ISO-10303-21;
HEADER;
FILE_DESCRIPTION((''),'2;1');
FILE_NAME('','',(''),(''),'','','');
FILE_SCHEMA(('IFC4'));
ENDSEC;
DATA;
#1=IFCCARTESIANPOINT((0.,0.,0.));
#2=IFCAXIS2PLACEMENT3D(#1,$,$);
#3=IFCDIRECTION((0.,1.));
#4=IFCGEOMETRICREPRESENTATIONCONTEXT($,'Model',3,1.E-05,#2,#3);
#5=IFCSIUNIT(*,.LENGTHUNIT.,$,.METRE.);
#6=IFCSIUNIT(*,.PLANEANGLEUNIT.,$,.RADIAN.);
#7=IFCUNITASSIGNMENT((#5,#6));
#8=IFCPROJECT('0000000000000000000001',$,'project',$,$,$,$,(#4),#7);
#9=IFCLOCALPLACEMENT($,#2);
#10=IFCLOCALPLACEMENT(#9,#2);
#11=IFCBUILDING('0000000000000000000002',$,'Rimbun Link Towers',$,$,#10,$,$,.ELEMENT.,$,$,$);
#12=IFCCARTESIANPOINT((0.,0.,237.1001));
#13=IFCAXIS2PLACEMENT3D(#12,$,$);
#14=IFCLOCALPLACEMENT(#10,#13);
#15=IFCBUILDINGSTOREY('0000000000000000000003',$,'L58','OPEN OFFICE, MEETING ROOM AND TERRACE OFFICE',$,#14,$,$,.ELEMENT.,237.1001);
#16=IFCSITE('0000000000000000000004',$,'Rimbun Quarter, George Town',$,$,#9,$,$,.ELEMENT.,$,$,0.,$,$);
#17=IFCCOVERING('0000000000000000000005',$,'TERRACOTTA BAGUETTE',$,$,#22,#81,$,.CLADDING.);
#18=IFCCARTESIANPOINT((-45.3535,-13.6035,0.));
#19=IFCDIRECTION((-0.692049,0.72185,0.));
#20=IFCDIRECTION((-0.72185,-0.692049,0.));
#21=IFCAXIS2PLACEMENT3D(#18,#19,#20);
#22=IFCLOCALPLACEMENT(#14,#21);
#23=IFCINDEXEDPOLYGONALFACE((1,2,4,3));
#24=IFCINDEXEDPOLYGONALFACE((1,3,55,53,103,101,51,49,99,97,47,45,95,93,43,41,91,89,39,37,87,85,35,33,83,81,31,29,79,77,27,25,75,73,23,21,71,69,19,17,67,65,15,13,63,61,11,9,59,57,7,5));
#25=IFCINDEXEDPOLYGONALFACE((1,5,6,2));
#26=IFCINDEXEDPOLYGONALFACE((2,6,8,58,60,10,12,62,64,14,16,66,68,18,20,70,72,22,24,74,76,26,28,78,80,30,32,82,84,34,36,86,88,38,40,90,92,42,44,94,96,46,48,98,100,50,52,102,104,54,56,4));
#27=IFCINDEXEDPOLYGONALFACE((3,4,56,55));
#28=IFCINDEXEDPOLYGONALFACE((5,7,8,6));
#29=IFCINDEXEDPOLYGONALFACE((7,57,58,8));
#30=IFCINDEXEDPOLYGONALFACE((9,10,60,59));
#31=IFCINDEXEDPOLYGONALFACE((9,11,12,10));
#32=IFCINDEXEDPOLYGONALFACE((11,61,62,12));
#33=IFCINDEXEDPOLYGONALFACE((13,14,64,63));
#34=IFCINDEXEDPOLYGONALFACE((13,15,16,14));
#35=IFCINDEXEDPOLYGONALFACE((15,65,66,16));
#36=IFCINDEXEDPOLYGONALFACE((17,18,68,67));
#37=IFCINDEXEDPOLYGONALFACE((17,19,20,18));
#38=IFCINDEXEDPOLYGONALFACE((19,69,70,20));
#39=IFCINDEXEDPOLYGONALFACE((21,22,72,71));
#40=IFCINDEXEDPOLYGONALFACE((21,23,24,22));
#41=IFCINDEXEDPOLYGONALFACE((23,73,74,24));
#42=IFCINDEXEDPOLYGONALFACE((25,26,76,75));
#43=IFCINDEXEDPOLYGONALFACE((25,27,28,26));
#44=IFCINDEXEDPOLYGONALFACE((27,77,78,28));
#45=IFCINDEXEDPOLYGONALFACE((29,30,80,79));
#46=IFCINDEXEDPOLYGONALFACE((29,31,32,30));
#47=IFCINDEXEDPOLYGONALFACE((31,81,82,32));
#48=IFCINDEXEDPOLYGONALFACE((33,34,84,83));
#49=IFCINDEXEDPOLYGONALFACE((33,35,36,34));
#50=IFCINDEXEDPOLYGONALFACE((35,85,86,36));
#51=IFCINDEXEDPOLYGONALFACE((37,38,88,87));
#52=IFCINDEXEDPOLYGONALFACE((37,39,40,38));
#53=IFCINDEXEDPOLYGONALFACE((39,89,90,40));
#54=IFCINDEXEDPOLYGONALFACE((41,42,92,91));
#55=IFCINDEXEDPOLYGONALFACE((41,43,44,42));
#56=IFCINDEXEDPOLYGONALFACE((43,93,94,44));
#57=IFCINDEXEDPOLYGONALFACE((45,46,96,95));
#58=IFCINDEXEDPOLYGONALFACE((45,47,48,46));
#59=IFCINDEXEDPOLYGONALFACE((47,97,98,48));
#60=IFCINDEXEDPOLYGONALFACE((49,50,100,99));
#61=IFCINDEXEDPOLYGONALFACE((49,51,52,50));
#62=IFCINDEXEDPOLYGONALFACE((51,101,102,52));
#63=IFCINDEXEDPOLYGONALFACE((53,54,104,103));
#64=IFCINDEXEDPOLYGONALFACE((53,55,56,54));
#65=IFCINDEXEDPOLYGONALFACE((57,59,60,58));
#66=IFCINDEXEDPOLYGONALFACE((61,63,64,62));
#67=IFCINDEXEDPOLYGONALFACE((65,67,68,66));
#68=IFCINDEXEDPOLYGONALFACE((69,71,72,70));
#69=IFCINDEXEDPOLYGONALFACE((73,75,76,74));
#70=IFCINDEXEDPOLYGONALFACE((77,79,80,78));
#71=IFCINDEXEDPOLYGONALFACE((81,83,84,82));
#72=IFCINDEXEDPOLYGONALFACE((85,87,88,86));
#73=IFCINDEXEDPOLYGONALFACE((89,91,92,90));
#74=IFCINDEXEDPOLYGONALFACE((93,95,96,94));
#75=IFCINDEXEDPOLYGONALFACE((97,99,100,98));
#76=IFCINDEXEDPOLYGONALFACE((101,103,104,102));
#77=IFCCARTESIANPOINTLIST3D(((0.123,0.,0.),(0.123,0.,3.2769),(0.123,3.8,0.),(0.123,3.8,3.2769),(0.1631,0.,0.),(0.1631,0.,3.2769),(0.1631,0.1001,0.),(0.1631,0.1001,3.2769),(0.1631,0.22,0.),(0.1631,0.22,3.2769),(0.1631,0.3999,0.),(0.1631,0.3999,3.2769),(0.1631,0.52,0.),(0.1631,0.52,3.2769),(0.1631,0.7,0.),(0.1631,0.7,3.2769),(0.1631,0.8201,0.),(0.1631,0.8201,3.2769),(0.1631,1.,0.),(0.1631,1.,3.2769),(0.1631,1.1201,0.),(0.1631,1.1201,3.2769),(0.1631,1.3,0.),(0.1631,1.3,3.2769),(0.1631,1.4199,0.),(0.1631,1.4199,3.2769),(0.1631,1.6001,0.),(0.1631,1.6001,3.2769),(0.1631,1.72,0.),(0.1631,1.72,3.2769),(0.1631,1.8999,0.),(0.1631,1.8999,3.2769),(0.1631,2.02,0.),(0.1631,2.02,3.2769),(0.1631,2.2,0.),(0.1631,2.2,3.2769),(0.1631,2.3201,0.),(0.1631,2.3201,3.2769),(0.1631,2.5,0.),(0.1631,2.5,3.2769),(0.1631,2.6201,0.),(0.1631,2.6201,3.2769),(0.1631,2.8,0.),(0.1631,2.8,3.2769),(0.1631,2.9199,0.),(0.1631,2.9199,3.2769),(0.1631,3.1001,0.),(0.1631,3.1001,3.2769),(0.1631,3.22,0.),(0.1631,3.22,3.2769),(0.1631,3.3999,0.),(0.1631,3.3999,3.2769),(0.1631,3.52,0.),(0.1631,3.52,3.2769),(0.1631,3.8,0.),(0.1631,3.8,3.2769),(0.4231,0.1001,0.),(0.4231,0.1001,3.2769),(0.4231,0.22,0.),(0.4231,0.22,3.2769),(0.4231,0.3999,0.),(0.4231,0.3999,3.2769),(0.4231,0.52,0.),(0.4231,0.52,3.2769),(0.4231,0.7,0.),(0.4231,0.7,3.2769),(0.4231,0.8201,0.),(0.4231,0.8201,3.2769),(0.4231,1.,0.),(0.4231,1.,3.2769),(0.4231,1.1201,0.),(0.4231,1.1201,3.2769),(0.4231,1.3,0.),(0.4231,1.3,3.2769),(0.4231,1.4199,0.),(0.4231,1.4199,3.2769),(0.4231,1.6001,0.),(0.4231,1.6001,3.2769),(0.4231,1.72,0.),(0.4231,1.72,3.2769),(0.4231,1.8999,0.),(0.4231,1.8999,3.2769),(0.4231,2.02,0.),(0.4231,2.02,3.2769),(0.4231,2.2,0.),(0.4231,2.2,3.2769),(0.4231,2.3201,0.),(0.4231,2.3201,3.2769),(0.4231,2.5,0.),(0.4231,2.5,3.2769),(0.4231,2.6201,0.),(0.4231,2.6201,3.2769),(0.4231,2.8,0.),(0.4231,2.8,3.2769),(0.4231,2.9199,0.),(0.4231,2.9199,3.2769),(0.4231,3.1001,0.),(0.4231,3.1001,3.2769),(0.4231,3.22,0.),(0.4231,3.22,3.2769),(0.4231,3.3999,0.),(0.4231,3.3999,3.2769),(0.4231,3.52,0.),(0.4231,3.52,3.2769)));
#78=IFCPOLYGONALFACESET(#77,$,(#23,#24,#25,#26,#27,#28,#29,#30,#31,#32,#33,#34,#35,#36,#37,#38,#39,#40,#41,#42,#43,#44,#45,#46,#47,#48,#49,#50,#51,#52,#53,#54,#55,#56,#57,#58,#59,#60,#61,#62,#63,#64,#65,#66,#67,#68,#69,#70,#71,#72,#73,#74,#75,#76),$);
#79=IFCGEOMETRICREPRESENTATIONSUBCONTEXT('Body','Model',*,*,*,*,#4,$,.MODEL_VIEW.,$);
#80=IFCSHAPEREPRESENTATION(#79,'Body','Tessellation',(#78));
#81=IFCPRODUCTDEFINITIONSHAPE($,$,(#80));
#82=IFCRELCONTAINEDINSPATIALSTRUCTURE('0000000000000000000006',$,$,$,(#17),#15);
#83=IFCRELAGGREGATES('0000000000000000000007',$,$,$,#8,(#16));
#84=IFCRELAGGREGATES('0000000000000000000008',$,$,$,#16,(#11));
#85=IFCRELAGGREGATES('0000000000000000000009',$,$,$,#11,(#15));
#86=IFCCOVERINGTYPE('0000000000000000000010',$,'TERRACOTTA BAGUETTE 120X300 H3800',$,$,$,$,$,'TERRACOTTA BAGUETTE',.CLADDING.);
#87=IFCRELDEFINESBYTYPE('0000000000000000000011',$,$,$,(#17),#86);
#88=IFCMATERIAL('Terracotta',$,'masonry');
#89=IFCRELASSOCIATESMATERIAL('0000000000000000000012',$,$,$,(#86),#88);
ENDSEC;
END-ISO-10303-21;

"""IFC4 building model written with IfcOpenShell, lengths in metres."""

from ifc_helpers import new_model, si_unit, direction, frame, origin, place, context, subcontext, project, spatial, polyline, outline, extrude, material, material_profile, profile_set, type_object, element, save


model = new_model("IFC4")

# Units and contexts
model_context = context("Model", 3, precision=1e-05, world=origin(), true_north=direction((0.0, 1.0)))
body_context = subcontext(model_context, "Body", "Model", "MODEL_VIEW")
ifc_project = project(units=[si_unit("LENGTHUNIT", "METRE"), si_unit("PLANEANGLEUNIT", "RADIAN")], contexts=[model_context])

# Site, building, storey
site_placement = place(None, origin())
site = spatial("IfcSite", under=ifc_project, at=site_placement, Name="Rimbun Quarter, George Town", CompositionType="ELEMENT", RefElevation=0.0)
building_placement = place(site_placement, origin())
building = spatial("IfcBuilding", under=site, at=building_placement, Name="Rimbun Link Towers", CompositionType="ELEMENT")
storey_placement = place(building_placement, frame((0.0, 0.0, 237.1001)))
storey = spatial("IfcBuildingStorey", under=building, at=storey_placement, Name="L58", Description="OPEN OFFICE, MEETING ROOM AND TERRACE OFFICE", CompositionType="ELEMENT", Elevation=237.1001)

# Covering
ifc_material_1 = material(Name="Terracotta", Category="masonry")
ifc_material_profile_1 = material_profile(ifc_material_1, outline(polyline([(0.123, 0.0), (0.1631, 0.0), (0.1631, 0.1001), (0.4231, 0.1001), (0.4231, 0.22), (0.1631, 0.22), (0.1631, 0.3999), (0.4231, 0.3999), (0.4231, 0.52), (0.1631, 0.52), (0.1631, 0.7), (0.4231, 0.7), (0.4231, 0.8201), (0.1631, 0.8201), (0.1631, 1.0), (0.4231, 1.0), (0.4231, 1.1201), (0.1631, 1.1201), (0.1631, 1.3), (0.4231, 1.3), (0.4231, 1.4199), (0.1631, 1.4199), (0.1631, 1.6001), (0.4231, 1.6001), (0.4231, 1.72), (0.1631, 1.72), (0.1631, 1.8999), (0.4231, 1.8999), (0.4231, 2.02), (0.1631, 2.02), (0.1631, 2.2), (0.4231, 2.2), (0.4231, 2.3201), (0.1631, 2.3201), (0.1631, 2.5), (0.4231, 2.5), (0.4231, 2.6201), (0.1631, 2.6201), (0.1631, 2.8), (0.4231, 2.8), (0.4231, 2.9199), (0.1631, 2.9199), (0.1631, 3.1001), (0.4231, 3.1001), (0.4231, 3.22), (0.1631, 3.22), (0.1631, 3.3999), (0.4231, 3.3999), (0.4231, 3.52), (0.1631, 3.52), (0.1631, 3.8), (0.123, 3.8), (0.123, 0.0)])), Name="BAGUETTE 120X300")
ifc_profile_set_1 = profile_set([ifc_material_profile_1], Name="Terracotta")
covering_type = type_object("IfcCoveringType", Name="TERRACOTTA BAGUETTE 120X300 H3800", ElementType="TERRACOTTA BAGUETTE", PredefinedType="CLADDING", material=ifc_profile_set_1)
covering_1_placement = place(storey_placement, frame((-45.3535, -13.6035, 0.0), z_axis=(-0.692049, 0.72185, 0.0), x_axis=(-0.72185, -0.692049, 0.0)))
element("IfcCovering", 1, at=covering_1_placement, inside=storey, type_object=covering_type, Name="TERRACOTTA BAGUETTE", PredefinedType="CLADDING", context=body_context, shape_type="SweptSolid", body=[
    extrude(outline(polyline([(0.123, 0.0), (0.1631, 0.0), (0.1631, 0.1001), (0.4231, 0.1001), (0.4231, 0.22), (0.1631, 0.22), (0.1631, 0.3999), (0.4231, 0.3999), (0.4231, 0.52), (0.1631, 0.52), (0.1631, 0.7), (0.4231, 0.7), (0.4231, 0.8201), (0.1631, 0.8201), (0.1631, 1.0), (0.4231, 1.0), (0.4231, 1.1201), (0.1631, 1.1201), (0.1631, 1.3), (0.4231, 1.3), (0.4231, 1.4199), (0.1631, 1.4199), (0.1631, 1.6001), (0.4231, 1.6001), (0.4231, 1.72), (0.1631, 1.72), (0.1631, 1.8999), (0.4231, 1.8999), (0.4231, 2.02), (0.1631, 2.02), (0.1631, 2.2), (0.4231, 2.2), (0.4231, 2.3201), (0.1631, 2.3201), (0.1631, 2.5), (0.4231, 2.5), (0.4231, 2.6201), (0.1631, 2.6201), (0.1631, 2.8), (0.4231, 2.8), (0.4231, 2.9199), (0.1631, 2.9199), (0.1631, 3.1001), (0.4231, 3.1001), (0.4231, 3.22), (0.1631, 3.22), (0.1631, 3.3999), (0.4231, 3.3999), (0.4231, 3.52), (0.1631, 3.52), (0.1631, 3.8), (0.123, 3.8), (0.123, 0.0)])), origin(), (0.0, 0.0, 1.0), 3.2769),
])

save(model, "model.ifc")
